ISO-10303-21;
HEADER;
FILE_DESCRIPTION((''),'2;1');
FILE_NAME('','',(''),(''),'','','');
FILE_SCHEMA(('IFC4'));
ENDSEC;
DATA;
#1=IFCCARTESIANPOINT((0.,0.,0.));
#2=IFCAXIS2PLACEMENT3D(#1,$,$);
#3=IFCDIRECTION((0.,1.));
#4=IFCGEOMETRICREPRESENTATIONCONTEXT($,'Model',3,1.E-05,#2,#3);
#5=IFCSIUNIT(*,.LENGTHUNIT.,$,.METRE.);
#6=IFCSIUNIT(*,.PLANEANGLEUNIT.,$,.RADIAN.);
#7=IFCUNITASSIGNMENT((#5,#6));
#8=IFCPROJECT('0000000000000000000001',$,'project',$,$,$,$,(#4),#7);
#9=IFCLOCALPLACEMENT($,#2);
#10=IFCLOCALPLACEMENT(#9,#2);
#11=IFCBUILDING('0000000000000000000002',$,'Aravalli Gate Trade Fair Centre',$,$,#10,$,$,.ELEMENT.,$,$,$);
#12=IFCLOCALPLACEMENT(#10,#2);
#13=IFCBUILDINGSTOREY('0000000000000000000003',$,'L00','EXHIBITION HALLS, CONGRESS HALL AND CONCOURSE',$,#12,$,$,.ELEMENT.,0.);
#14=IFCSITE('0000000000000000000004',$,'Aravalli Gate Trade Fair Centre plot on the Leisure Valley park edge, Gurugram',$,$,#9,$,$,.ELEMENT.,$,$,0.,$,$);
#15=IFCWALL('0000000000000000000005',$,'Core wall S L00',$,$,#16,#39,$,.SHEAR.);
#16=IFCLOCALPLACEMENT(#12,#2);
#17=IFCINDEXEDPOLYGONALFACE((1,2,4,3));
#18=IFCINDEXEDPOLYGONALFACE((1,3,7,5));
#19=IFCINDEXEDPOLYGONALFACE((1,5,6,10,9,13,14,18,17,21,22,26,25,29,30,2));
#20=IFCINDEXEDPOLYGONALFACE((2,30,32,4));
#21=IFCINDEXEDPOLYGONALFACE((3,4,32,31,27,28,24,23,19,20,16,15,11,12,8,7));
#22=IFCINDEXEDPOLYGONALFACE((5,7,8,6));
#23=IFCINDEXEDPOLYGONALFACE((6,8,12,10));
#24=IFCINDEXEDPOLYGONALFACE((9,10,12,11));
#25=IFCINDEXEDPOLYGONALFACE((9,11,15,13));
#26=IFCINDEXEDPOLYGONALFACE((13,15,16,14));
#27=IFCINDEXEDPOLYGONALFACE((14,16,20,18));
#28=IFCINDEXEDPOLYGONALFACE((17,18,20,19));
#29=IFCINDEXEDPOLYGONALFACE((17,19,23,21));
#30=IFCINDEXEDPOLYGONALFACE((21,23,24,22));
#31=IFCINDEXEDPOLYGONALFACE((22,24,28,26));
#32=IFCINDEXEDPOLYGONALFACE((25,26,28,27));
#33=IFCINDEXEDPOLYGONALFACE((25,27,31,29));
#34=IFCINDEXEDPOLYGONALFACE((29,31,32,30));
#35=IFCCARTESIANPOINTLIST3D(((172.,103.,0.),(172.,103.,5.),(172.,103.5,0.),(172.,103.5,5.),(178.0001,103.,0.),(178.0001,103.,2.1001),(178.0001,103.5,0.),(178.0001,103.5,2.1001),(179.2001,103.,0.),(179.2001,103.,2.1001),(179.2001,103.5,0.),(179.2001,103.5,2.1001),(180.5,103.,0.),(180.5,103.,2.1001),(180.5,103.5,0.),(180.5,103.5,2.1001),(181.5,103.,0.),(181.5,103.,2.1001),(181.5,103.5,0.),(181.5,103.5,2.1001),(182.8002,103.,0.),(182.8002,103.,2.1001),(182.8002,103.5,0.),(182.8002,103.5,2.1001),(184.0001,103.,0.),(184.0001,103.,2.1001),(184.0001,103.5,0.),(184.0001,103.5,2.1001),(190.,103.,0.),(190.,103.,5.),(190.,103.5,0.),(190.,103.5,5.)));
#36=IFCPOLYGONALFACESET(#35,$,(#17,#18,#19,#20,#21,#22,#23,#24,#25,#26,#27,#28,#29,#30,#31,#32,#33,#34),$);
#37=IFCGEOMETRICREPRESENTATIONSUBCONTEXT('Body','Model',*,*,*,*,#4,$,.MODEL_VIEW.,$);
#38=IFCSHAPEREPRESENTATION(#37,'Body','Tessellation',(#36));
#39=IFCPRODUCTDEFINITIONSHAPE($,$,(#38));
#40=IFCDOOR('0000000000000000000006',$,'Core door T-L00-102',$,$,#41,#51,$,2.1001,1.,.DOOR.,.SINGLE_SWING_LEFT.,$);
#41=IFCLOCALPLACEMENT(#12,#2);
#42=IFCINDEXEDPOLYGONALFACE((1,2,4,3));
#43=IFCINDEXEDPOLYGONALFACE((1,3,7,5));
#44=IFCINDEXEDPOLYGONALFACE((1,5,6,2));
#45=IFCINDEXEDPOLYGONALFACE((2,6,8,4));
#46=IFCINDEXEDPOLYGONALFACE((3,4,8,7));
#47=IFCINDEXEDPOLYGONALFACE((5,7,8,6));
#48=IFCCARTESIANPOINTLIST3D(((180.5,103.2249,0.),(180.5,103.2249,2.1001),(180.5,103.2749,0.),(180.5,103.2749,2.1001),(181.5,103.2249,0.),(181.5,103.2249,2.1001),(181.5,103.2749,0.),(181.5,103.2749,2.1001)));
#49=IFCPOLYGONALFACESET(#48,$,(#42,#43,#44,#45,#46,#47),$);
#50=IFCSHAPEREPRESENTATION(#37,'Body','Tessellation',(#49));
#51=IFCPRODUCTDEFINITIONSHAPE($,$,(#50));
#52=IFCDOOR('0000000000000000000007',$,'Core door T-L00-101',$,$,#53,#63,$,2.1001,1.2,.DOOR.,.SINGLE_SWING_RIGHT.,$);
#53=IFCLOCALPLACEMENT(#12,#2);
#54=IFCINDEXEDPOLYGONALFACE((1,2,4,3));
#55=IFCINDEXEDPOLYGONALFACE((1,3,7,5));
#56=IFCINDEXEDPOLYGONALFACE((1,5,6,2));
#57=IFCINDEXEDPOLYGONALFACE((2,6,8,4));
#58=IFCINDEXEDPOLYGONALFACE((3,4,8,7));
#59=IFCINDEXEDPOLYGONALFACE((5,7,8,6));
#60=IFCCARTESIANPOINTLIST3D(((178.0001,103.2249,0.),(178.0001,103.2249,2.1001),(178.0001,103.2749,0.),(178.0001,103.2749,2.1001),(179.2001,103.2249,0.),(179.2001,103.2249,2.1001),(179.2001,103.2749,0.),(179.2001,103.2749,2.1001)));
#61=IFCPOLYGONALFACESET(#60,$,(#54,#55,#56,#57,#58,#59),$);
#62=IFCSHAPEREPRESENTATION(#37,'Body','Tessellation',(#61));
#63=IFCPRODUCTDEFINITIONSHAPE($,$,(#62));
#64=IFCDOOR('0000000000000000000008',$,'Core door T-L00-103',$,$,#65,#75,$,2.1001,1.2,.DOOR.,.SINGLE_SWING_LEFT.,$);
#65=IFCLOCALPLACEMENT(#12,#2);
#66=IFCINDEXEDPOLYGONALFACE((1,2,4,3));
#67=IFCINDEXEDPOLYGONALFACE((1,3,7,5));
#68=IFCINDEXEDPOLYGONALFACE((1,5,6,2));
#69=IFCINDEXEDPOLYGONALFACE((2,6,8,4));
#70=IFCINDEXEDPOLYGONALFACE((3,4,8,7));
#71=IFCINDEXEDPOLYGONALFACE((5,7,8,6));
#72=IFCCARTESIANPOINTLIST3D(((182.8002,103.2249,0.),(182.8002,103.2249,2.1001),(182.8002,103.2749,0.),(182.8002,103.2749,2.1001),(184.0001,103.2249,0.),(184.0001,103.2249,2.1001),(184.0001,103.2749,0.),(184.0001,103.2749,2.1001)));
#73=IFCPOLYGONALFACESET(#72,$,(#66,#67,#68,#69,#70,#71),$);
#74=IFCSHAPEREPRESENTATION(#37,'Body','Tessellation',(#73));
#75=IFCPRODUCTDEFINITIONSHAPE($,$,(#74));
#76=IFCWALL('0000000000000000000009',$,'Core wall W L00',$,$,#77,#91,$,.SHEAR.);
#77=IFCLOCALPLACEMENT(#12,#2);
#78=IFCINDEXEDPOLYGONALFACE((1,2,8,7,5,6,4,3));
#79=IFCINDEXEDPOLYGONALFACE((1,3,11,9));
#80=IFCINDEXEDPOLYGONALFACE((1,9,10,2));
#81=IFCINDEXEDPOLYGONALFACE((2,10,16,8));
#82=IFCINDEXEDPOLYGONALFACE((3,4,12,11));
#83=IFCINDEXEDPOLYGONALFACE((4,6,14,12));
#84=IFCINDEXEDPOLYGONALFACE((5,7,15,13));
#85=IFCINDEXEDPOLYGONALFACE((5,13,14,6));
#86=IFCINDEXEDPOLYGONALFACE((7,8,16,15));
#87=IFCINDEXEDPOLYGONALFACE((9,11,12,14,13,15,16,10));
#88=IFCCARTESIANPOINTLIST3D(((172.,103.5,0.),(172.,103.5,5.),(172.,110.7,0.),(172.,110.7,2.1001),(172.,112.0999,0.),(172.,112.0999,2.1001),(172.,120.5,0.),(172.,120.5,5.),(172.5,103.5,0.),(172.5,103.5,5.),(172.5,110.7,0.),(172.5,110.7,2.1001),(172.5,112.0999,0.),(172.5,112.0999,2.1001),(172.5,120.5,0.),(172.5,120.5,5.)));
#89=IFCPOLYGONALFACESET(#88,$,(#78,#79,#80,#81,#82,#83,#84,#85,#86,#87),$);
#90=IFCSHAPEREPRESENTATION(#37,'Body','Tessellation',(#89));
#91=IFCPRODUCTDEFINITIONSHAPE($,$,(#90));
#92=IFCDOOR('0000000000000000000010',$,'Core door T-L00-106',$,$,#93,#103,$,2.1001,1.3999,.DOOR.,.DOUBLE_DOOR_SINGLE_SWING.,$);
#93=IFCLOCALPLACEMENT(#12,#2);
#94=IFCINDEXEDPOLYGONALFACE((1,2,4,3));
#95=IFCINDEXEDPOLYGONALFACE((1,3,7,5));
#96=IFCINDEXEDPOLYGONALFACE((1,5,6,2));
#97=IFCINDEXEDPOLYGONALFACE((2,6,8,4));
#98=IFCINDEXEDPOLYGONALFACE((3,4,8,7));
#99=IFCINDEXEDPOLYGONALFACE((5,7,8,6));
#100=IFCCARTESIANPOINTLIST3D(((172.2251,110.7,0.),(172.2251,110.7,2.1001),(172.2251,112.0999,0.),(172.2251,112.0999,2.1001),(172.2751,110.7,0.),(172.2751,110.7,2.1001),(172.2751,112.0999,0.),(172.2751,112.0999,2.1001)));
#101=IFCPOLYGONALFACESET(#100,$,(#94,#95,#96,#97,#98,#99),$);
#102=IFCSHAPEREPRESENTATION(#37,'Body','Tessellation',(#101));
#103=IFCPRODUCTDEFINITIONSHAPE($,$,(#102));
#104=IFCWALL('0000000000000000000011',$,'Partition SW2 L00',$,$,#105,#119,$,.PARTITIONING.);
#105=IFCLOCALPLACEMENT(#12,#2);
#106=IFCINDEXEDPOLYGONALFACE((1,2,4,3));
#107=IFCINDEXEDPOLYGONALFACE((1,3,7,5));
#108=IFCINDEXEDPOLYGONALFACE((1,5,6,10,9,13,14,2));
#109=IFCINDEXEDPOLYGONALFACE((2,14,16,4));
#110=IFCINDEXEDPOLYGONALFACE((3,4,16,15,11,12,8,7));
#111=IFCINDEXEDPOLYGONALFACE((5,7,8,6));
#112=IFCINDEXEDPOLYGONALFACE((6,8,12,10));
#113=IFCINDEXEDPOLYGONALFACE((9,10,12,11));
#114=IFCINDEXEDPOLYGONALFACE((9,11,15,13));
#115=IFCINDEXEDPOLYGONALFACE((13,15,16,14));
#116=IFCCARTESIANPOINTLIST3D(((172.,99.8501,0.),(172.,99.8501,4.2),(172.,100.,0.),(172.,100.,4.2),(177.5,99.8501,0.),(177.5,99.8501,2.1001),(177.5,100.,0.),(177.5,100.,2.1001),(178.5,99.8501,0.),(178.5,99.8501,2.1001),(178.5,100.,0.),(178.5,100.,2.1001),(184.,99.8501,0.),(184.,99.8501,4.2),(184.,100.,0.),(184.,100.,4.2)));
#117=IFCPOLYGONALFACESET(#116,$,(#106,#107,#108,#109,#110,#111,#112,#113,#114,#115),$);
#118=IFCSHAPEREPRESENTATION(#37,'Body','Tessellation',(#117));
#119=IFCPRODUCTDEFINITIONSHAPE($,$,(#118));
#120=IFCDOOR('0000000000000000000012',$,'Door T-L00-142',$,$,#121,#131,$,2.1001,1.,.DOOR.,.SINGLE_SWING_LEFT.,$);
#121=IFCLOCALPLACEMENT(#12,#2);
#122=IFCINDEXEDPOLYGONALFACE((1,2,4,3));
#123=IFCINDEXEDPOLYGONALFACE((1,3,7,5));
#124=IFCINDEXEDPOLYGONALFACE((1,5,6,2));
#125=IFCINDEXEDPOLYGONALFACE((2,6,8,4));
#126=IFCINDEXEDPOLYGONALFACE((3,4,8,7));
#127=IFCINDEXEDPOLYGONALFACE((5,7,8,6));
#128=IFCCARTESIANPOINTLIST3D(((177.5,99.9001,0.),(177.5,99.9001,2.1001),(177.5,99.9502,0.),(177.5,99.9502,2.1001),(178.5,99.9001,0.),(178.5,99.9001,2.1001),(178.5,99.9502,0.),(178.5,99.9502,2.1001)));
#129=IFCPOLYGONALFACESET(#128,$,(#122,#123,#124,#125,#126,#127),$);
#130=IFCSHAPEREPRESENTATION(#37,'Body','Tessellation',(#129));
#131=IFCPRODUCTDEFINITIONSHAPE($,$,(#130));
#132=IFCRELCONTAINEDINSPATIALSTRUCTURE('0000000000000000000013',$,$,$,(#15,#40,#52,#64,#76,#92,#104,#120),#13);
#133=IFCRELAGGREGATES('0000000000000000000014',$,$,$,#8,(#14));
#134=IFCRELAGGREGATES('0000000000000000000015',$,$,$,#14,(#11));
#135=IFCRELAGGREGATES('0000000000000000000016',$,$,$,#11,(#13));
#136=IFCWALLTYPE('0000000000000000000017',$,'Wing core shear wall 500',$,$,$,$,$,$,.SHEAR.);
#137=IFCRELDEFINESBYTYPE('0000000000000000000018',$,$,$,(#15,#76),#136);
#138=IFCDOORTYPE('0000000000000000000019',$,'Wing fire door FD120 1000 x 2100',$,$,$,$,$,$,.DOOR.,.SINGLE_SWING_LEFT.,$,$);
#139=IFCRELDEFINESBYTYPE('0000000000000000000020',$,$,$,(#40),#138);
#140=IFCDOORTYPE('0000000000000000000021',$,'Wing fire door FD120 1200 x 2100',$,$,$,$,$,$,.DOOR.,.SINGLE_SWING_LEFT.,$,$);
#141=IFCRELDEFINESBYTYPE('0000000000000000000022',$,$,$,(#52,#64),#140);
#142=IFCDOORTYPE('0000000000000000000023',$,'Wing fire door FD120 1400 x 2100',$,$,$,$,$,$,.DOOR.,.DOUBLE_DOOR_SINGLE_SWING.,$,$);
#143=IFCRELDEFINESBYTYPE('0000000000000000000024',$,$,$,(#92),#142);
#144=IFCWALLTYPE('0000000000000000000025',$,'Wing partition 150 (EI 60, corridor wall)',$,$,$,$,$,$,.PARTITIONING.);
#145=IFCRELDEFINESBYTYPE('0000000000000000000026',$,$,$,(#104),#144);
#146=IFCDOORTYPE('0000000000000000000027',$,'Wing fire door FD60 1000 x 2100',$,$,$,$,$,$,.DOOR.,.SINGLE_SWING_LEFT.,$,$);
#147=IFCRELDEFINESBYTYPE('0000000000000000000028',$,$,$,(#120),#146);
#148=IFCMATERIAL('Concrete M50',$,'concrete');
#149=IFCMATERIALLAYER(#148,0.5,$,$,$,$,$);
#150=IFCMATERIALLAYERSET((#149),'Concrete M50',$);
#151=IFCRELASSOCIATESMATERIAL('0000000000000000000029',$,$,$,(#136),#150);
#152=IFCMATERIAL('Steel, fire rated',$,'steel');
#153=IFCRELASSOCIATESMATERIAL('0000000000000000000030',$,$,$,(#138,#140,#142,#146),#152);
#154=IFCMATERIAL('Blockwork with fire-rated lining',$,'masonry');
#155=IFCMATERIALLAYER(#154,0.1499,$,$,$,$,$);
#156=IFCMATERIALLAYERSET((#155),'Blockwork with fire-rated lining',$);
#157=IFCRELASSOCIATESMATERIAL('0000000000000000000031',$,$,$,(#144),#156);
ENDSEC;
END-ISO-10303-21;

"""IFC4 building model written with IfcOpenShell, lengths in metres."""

from ifc_helpers import new_model, si_unit, direction, frame, frame_2d, origin, place, context, subcontext, project, spatial, rectangle, extrude, material, layer, layer_set, type_object, element, fill, save


model = new_model("IFC4")

# Units and contexts
model_context = context("Model", 3, precision=1e-05, world=origin(), true_north=direction((0.0, 1.0)))
body_context = subcontext(model_context, "Body", "Model", "MODEL_VIEW")
ifc_project = project(units=[si_unit("LENGTHUNIT", "METRE"), si_unit("PLANEANGLEUNIT", "RADIAN")], contexts=[model_context])

# Site, building, storey
site_placement = place(None, origin())
site = spatial("IfcSite", under=ifc_project, at=site_placement, Name="Aravalli Gate Trade Fair Centre plot on the Leisure Valley park edge, Gurugram", CompositionType="ELEMENT", RefElevation=0.0)
building_placement = place(site_placement, origin())
building = spatial("IfcBuilding", under=site, at=building_placement, Name="Aravalli Gate Trade Fair Centre", CompositionType="ELEMENT")
storey_placement = place(building_placement, origin())
storey = spatial("IfcBuildingStorey", under=building, at=storey_placement, Name="L00", Description="EXHIBITION HALLS, CONGRESS HALL AND CONCOURSE", CompositionType="ELEMENT", Elevation=0.0)

# Wall, openings, doors
ifc_material_1 = material(Name="Concrete M50", Category="concrete")
ifc_layer_1 = layer(ifc_material_1, 0.5)
ifc_layer_set_1 = layer_set([ifc_layer_1], Name="Concrete M50")
wall_type_1 = type_object("IfcWallType", Name="Wing core shear wall 500", PredefinedType="SHEAR", material=ifc_layer_set_1)
wall_1_placement = place(storey_placement, frame((172.0, 103.25, 0.0), z_axis=(0.0, 0.0, 1.0), x_axis=(1.0, 0.0, 0.0)))
wall_1 = element("IfcWall", 1, at=wall_1_placement, inside=storey, type_object=wall_type_1, Name="Core wall S L00", PredefinedType="SHEAR", context=body_context, shape_type="SweptSolid", body=[
    extrude(rectangle(XDim=18.0, YDim=0.5, at=frame_2d((9.0, 0.0))), origin(), (0.0, 0.0, 1.0), 5.0),
])
opening_1_placement = place(wall_1_placement, frame((8.5, 0.0, 0.0)))
opening_1 = element("IfcOpeningElement", 2, at=opening_1_placement, cuts=wall_1, PredefinedType="OPENING", context=body_context, shape_type="SweptSolid", body=[
    extrude(rectangle(XDim=1.0, YDim=2.1001, at=frame_2d((0.5, 1.05))), frame((0.0, 0.26, 0.0), z_axis=(0.0, -1.0, 0.0), x_axis=(1.0, 0.0, 0.0)), (0.0, 0.0, 1.0), 0.52),
])
opening_2_placement = place(wall_1_placement, frame((6.0, 0.0, 0.0)))
opening_2 = element("IfcOpeningElement", 3, at=opening_2_placement, cuts=wall_1, PredefinedType="OPENING", context=body_context, shape_type="SweptSolid", body=[
    extrude(rectangle(XDim=1.2, YDim=2.1001, at=frame_2d((0.6001, 1.05))), frame((0.0, 0.26, 0.0), z_axis=(0.0, -1.0, 0.0), x_axis=(1.0, 0.0, 0.0)), (0.0, 0.0, 1.0), 0.52),
])
opening_3_placement = place(wall_1_placement, frame((10.8, 0.0, 0.0)))
opening_3 = element("IfcOpeningElement", 4, at=opening_3_placement, cuts=wall_1, PredefinedType="OPENING", context=body_context, shape_type="SweptSolid", body=[
    extrude(rectangle(XDim=1.2, YDim=2.1001, at=frame_2d((0.6001, 1.05))), frame((0.0, 0.26, 0.0), z_axis=(0.0, -1.0, 0.0), x_axis=(1.0, 0.0, 0.0)), (0.0, 0.0, 1.0), 0.52),
])
ifc_material_2 = material(Name="Steel, fire rated", Category="steel")
door_type_1 = type_object("IfcDoorType", Name="Wing fire door FD120 1000 x 2100", OperationType="SINGLE_SWING_LEFT", PredefinedType="DOOR", material=ifc_material_2)
door_1_placement = place(opening_1_placement, origin())
door_1 = element("IfcDoor", 5, at=door_1_placement, inside=storey, type_object=door_type_1, Name="Core door T-L00-102", OperationType="SINGLE_SWING_LEFT", OverallHeight=2.1001, OverallWidth=1.0, PredefinedType="DOOR", context=body_context, shape_type="SweptSolid", body=[
    extrude(rectangle(XDim=1.0, YDim=2.1001, at=frame_2d((0.5, 1.05))), frame((0.0, 0.0249, 0.0), z_axis=(0.0, -1.0, 0.0), x_axis=(1.0, 0.0, 0.0)), (0.0, 0.0, 1.0), 0.05),
])
fill(opening_1, door_1)
door_type_2 = type_object("IfcDoorType", Name="Wing fire door FD120 1200 x 2100", OperationType="SINGLE_SWING_LEFT", PredefinedType="DOOR", material=ifc_material_2)
door_2_placement = place(opening_2_placement, origin())
door_2 = element("IfcDoor", 6, at=door_2_placement, inside=storey, type_object=door_type_2, Name="Core door T-L00-101", OperationType="SINGLE_SWING_RIGHT", OverallHeight=2.1001, OverallWidth=1.2, PredefinedType="DOOR", context=body_context, shape_type="SweptSolid", body=[
    extrude(rectangle(XDim=1.2, YDim=2.1001, at=frame_2d((0.6001, 1.05))), frame((0.0, 0.0249, 0.0), z_axis=(0.0, -1.0, 0.0), x_axis=(1.0, 0.0, 0.0)), (0.0, 0.0, 1.0), 0.05),
])
fill(opening_2, door_2)
door_3_placement = place(opening_3_placement, origin())
door_3 = element("IfcDoor", 7, at=door_3_placement, inside=storey, type_object=door_type_2, Name="Core door T-L00-103", OperationType="SINGLE_SWING_LEFT", OverallHeight=2.1001, OverallWidth=1.2, PredefinedType="DOOR", context=body_context, shape_type="SweptSolid", body=[
    extrude(rectangle(XDim=1.2, YDim=2.1001, at=frame_2d((0.6001, 1.05))), frame((0.0, 0.0249, 0.0), z_axis=(0.0, -1.0, 0.0), x_axis=(1.0, 0.0, 0.0)), (0.0, 0.0, 1.0), 0.05),
])
fill(opening_3, door_3)

# Walls, openings, doors
wall_2_placement = place(storey_placement, frame((172.25, 103.5, 0.0), z_axis=(0.0, 0.0, 1.0), x_axis=(0.0, 1.0, 0.0)))
wall_2 = element("IfcWall", 8, at=wall_2_placement, inside=storey, type_object=wall_type_1, Name="Core wall W L00", PredefinedType="SHEAR", context=body_context, shape_type="SweptSolid", body=[
    extrude(rectangle(XDim=17.0, YDim=0.5, at=frame_2d((8.5, 0.0))), origin(), (0.0, 0.0, 1.0), 5.0),
])
opening_4_placement = place(wall_2_placement, frame((7.2, 0.0, 0.0)))
opening_4 = element("IfcOpeningElement", 9, at=opening_4_placement, cuts=wall_2, PredefinedType="OPENING", context=body_context, shape_type="SweptSolid", body=[
    extrude(rectangle(XDim=1.3999, YDim=2.1001, at=frame_2d((0.7, 1.05))), frame((0.0, 0.26, 0.0), z_axis=(0.0, -1.0, 0.0), x_axis=(1.0, 0.0, 0.0)), (0.0, 0.0, 1.0), 0.52),
])
door_type_3 = type_object("IfcDoorType", Name="Wing fire door FD120 1400 x 2100", OperationType="DOUBLE_DOOR_SINGLE_SWING", PredefinedType="DOOR", material=ifc_material_2)
door_4_placement = place(opening_4_placement, origin())
door_4 = element("IfcDoor", 10, at=door_4_placement, inside=storey, type_object=door_type_3, Name="Core door T-L00-106", OperationType="DOUBLE_DOOR_SINGLE_SWING", OverallHeight=2.1001, OverallWidth=1.3999, PredefinedType="DOOR", context=body_context, shape_type="SweptSolid", body=[
    extrude(rectangle(XDim=1.3999, YDim=2.1001, at=frame_2d((0.7, 1.05))), frame((0.0, 0.0249, 0.0), z_axis=(0.0, -1.0, 0.0), x_axis=(1.0, 0.0, 0.0)), (0.0, 0.0, 1.0), 0.05),
])
fill(opening_4, door_4)
ifc_material_3 = material(Name="Blockwork with fire-rated lining", Category="masonry")
ifc_layer_2 = layer(ifc_material_3, 0.1499)
ifc_layer_set_2 = layer_set([ifc_layer_2], Name="Blockwork with fire-rated lining")
wall_type_2 = type_object("IfcWallType", Name="Wing partition 150 (EI 60, corridor wall)", PredefinedType="PARTITIONING", material=ifc_layer_set_2)
wall_3_placement = place(storey_placement, frame((172.0, 99.925, 0.0), z_axis=(0.0, 0.0, 1.0), x_axis=(1.0, 0.0, 0.0)))
wall_3 = element("IfcWall", 11, at=wall_3_placement, inside=storey, type_object=wall_type_2, Name="Partition SW2 L00", PredefinedType="PARTITIONING", context=body_context, shape_type="SweptSolid", body=[
    extrude(rectangle(XDim=12.0, YDim=0.1499, at=frame_2d((6.0, 0.0))), origin(), (0.0, 0.0, 1.0), 4.2),
])
opening_5_placement = place(wall_3_placement, frame((5.5, 0.0, 0.0)))
opening_5 = element("IfcOpeningElement", 12, at=opening_5_placement, cuts=wall_3, PredefinedType="OPENING", context=body_context, shape_type="SweptSolid", body=[
    extrude(rectangle(XDim=1.0, YDim=2.1001, at=frame_2d((0.5, 1.05))), frame((0.0, 0.085, 0.0), z_axis=(0.0, -1.0, 0.0), x_axis=(1.0, 0.0, 0.0)), (0.0, 0.0, 1.0), 0.1699),
])
door_type_4 = type_object("IfcDoorType", Name="Wing fire door FD60 1000 x 2100", OperationType="SINGLE_SWING_LEFT", PredefinedType="DOOR", material=ifc_material_2)
door_5_placement = place(opening_5_placement, frame((1.0, 0.0, 0.0), z_axis=(0.0, 0.0, 1.0), x_axis=(-1.0, 0.0, 0.0)))
door_5 = element("IfcDoor", 13, at=door_5_placement, inside=storey, type_object=door_type_4, Name="Door T-L00-142", OperationType="SINGLE_SWING_LEFT", OverallHeight=2.1001, OverallWidth=1.0, PredefinedType="DOOR", context=body_context, shape_type="SweptSolid", body=[
    extrude(rectangle(XDim=1.0, YDim=2.1001, at=frame_2d((0.5, 1.05))), frame((0.0, 0.0249, 0.0), z_axis=(0.0, -1.0, 0.0), x_axis=(1.0, 0.0, 0.0)), (0.0, 0.0, 1.0), 0.05),
])
fill(opening_5, door_5)

save(model, "model.ifc")
